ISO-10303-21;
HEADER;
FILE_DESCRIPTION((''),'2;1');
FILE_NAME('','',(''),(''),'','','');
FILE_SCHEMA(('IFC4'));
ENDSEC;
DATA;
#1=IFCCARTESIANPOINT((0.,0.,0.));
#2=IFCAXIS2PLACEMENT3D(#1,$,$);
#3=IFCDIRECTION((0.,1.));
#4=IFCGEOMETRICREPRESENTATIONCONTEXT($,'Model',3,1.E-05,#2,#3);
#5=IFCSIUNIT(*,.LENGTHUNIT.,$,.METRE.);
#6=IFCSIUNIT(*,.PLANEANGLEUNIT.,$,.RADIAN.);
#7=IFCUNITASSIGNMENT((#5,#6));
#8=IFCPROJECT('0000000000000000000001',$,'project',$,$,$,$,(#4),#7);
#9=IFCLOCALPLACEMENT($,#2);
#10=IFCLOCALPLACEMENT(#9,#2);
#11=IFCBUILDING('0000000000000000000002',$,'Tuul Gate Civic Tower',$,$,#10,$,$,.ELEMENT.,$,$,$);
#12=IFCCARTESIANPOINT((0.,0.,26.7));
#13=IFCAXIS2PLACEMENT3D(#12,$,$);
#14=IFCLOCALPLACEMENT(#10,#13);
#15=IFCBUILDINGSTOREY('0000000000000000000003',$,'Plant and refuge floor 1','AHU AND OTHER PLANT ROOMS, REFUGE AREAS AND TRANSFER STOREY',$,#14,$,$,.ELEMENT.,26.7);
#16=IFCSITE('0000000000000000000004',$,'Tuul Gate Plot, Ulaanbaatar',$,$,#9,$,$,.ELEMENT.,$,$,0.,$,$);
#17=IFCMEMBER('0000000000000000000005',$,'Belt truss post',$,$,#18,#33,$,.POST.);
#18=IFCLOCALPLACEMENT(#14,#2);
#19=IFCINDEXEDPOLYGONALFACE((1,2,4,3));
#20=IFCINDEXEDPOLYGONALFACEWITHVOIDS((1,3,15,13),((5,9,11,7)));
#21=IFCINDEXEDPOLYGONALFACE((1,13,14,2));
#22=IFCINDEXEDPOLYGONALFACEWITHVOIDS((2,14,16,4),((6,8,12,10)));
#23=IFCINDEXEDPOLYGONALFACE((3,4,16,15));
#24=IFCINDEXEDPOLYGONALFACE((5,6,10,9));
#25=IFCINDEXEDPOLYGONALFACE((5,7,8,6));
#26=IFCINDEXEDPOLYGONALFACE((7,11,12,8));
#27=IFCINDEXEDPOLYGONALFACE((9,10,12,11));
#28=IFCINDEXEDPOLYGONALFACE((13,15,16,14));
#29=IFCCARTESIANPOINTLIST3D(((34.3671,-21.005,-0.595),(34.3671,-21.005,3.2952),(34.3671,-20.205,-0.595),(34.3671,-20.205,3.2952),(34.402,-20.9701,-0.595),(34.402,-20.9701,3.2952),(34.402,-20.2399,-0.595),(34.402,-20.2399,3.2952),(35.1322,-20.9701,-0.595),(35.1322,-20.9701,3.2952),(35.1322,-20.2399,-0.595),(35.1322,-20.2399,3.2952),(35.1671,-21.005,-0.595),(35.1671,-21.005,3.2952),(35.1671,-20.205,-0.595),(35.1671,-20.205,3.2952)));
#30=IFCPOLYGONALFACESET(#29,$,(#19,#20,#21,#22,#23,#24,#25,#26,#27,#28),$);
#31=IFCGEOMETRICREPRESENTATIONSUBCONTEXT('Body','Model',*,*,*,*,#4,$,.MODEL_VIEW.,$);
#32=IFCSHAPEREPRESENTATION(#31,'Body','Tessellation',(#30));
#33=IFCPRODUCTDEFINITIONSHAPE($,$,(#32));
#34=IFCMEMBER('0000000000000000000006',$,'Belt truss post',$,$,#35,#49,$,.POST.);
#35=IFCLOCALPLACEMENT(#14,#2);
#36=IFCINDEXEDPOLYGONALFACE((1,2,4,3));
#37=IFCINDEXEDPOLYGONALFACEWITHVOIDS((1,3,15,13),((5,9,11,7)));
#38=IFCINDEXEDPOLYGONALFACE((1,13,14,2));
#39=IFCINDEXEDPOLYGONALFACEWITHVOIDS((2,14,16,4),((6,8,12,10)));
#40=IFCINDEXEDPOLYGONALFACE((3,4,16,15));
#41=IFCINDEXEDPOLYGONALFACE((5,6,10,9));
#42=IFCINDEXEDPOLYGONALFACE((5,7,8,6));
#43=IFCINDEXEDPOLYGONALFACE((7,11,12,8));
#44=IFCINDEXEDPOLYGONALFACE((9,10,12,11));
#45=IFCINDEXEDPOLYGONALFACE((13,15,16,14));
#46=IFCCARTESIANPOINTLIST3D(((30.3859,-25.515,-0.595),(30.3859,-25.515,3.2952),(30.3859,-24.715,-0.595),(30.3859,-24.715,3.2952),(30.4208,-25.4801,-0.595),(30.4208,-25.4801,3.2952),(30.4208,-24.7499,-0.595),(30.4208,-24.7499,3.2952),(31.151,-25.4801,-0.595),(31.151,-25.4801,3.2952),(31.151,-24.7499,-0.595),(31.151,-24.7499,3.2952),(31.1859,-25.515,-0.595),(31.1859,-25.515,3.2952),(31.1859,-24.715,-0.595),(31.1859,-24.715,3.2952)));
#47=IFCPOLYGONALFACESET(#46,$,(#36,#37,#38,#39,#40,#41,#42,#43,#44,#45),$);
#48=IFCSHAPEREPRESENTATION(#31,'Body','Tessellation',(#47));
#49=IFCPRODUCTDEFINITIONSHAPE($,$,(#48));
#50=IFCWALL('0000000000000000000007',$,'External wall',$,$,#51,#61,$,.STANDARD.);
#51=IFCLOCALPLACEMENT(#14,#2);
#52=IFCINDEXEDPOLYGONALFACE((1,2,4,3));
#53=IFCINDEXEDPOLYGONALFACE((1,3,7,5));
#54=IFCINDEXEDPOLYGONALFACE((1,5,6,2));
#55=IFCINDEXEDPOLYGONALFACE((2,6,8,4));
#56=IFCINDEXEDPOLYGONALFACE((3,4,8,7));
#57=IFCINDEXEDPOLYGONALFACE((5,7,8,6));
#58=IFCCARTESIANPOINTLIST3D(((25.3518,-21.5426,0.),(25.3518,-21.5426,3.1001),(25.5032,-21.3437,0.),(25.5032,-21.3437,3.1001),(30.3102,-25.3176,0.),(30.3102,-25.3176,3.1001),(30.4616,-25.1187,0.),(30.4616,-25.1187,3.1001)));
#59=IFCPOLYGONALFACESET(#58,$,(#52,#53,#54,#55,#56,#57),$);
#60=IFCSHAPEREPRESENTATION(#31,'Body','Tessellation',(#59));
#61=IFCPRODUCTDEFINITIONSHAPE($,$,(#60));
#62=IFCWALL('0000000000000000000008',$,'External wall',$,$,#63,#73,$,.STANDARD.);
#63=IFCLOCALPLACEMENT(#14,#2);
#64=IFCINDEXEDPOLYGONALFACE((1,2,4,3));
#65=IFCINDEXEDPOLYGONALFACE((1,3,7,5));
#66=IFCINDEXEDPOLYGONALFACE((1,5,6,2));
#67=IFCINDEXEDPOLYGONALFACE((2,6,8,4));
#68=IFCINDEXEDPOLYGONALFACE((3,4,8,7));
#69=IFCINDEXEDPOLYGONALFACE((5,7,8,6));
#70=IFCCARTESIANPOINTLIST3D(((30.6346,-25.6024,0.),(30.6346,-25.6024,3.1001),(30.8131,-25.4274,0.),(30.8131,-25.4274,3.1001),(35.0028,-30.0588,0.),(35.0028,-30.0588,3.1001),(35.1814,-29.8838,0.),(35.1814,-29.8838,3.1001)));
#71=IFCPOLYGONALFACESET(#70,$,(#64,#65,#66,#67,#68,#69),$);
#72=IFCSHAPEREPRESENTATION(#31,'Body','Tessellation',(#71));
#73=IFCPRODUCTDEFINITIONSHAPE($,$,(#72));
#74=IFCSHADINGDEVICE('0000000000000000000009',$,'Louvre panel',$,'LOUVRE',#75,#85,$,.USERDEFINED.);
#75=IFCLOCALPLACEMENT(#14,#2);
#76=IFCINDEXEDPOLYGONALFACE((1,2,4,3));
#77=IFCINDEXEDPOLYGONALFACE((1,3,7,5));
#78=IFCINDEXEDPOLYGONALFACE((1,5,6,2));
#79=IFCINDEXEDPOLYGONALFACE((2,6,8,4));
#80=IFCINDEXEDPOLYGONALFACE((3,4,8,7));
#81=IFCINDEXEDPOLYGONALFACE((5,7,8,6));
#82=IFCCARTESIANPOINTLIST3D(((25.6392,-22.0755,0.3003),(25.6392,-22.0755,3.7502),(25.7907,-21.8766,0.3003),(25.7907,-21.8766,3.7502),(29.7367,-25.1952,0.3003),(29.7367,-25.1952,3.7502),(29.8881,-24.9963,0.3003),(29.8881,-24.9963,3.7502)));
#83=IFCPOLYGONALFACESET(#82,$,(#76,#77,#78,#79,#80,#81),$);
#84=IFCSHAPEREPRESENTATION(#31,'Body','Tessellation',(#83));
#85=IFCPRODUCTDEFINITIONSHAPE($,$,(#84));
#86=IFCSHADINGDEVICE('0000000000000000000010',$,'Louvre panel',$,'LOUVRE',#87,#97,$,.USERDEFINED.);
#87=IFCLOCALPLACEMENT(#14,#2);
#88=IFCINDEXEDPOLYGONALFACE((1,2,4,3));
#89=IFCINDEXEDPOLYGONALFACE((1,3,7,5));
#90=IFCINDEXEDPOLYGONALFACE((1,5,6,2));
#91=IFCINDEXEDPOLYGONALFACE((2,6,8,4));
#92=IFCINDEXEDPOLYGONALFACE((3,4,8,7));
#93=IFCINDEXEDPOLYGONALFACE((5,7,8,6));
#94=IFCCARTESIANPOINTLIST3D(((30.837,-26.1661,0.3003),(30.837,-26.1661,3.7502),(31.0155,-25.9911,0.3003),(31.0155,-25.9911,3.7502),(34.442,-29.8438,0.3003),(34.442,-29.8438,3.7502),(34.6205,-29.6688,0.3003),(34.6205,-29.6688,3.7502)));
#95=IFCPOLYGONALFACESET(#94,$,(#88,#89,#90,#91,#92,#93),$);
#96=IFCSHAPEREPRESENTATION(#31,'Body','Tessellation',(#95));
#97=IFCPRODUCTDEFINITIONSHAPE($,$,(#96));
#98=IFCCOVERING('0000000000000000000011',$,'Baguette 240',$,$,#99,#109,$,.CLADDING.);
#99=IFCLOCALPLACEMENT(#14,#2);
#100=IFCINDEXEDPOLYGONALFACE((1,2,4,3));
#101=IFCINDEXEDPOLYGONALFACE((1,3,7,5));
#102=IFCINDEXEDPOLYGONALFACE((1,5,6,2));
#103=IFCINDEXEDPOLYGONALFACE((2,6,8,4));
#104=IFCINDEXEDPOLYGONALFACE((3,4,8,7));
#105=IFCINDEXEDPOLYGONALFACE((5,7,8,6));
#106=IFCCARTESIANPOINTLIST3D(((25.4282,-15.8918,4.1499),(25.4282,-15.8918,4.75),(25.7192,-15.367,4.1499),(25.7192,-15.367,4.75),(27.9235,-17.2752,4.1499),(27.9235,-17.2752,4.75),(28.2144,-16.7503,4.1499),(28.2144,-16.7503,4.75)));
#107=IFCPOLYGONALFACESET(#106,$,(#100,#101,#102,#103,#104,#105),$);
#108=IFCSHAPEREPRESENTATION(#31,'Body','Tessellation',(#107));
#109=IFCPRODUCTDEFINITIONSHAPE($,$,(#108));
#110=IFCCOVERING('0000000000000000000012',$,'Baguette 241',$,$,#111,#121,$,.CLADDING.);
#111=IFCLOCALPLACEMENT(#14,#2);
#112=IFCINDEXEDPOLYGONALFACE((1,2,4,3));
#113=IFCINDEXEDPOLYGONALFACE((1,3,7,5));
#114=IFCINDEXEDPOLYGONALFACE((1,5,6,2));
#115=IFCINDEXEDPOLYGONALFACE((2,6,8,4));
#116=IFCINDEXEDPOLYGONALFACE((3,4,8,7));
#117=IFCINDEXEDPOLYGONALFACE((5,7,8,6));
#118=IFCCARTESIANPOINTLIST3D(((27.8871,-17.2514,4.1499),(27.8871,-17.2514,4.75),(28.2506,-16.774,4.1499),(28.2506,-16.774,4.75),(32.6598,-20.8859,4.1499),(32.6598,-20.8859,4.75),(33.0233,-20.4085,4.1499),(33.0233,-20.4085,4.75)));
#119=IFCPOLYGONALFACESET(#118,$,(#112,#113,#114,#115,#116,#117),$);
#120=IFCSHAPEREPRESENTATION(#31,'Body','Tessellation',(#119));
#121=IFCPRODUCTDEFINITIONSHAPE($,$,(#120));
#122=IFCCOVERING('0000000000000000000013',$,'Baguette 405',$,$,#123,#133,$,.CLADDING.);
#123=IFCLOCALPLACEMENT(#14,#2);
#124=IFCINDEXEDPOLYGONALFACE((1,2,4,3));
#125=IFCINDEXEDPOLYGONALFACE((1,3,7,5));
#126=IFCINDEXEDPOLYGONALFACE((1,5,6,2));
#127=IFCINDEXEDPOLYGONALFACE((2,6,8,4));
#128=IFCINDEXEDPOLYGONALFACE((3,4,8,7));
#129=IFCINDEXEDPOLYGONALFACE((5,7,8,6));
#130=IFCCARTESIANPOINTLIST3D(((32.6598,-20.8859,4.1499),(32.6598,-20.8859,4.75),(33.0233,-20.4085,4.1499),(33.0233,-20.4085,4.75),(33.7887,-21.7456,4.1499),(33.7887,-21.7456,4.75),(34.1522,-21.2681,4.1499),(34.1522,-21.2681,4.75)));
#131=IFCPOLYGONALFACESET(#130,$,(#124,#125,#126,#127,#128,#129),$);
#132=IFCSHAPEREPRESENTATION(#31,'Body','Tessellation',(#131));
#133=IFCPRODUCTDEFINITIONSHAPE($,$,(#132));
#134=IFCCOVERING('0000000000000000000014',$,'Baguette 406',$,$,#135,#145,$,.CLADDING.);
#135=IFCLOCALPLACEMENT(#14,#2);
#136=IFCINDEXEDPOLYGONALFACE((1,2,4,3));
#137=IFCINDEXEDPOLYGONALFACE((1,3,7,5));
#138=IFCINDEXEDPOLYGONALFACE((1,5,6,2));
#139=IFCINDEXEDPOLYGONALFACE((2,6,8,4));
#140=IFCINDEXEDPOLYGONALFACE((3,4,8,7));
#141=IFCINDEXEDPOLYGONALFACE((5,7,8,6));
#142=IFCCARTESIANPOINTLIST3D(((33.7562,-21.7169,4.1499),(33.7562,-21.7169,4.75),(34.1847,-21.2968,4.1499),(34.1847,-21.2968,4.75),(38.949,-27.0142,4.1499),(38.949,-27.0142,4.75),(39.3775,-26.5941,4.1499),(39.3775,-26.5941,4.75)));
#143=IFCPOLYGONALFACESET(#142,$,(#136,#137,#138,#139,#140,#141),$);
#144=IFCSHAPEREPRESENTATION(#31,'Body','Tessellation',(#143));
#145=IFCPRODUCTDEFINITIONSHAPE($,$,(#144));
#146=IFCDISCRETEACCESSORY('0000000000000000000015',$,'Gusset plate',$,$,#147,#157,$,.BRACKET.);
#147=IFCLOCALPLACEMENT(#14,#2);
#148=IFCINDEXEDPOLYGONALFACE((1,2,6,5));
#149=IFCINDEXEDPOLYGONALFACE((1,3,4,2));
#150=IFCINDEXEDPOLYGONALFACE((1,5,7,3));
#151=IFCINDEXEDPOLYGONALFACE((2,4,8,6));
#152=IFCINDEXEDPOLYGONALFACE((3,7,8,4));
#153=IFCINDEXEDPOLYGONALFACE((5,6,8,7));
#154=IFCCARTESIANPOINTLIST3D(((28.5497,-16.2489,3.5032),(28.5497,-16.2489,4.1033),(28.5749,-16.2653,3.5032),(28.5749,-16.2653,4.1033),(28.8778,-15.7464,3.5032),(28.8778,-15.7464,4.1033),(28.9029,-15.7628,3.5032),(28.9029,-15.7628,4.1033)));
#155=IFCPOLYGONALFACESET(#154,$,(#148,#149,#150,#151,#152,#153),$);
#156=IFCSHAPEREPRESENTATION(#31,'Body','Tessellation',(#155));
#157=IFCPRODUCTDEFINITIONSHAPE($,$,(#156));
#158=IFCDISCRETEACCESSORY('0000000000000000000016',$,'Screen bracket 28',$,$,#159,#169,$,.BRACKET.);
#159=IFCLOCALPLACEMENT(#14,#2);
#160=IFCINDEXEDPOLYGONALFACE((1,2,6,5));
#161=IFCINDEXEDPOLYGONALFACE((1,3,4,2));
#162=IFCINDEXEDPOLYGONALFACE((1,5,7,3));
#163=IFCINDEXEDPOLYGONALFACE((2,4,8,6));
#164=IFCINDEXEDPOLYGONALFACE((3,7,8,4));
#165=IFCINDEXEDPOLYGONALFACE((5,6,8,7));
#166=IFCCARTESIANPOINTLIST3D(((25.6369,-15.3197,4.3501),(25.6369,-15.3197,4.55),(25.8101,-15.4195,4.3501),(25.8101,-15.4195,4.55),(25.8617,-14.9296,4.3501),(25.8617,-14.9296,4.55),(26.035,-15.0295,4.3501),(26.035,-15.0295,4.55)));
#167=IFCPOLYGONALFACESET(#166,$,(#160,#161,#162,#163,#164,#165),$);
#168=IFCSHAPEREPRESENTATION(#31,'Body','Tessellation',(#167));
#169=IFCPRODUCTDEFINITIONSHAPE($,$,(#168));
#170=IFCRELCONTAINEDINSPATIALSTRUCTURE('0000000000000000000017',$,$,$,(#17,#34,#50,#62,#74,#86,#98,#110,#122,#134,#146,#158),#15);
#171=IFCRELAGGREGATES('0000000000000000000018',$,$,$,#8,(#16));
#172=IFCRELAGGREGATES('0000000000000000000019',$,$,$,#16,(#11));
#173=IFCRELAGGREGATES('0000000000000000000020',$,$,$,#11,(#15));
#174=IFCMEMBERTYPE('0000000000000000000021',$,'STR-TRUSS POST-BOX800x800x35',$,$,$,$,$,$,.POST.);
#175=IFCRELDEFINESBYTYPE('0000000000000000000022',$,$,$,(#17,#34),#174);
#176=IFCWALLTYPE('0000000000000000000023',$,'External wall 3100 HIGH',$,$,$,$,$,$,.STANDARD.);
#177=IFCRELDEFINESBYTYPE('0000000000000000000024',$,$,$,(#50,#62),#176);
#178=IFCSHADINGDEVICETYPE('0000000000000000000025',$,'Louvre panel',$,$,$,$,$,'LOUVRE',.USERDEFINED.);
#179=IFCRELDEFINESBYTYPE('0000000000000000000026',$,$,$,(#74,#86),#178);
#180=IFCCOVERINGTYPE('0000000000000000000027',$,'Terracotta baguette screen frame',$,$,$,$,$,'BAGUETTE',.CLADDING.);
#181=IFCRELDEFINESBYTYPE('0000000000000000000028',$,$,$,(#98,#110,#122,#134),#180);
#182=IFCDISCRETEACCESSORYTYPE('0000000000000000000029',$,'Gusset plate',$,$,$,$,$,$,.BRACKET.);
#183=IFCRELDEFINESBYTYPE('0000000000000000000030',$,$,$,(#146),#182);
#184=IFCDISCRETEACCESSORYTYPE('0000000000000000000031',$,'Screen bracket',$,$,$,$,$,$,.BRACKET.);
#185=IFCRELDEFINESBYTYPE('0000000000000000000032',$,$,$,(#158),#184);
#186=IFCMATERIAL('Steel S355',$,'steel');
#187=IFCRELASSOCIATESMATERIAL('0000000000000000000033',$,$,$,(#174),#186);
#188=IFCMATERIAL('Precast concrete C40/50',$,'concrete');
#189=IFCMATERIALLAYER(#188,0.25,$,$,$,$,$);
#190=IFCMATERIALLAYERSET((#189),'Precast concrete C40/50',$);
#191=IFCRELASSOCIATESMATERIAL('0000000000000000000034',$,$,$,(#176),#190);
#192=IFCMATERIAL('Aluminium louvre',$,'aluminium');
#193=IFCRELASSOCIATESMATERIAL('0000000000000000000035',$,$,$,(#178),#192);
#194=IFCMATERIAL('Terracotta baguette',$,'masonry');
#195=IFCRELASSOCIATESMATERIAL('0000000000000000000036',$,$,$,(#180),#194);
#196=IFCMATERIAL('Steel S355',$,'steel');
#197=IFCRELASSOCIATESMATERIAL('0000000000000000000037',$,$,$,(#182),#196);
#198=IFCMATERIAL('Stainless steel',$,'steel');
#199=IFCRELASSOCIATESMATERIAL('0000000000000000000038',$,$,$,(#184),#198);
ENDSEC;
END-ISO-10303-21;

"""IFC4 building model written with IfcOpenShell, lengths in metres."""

from ifc_helpers import new_model, si_unit, direction, frame, frame_2d, origin, origin_2d, place, context, subcontext, project, spatial, rectangle, hollow_rectangle, extrude, material, layer, layer_set, material_profile, profile_set, type_object, element, save


model = new_model("IFC4")

# Units and contexts
model_context = context("Model", 3, precision=1e-05, world=origin(), true_north=direction((0.0, 1.0)))
body_context = subcontext(model_context, "Body", "Model", "MODEL_VIEW")
ifc_project = project(units=[si_unit("LENGTHUNIT", "METRE"), si_unit("PLANEANGLEUNIT", "RADIAN")], contexts=[model_context])

# Site, building, storey
site_placement = place(None, origin())
site = spatial("IfcSite", under=ifc_project, at=site_placement, Name="Tuul Gate Plot, Ulaanbaatar", CompositionType="ELEMENT", RefElevation=0.0)
building_placement = place(site_placement, origin())
building = spatial("IfcBuilding", under=site, at=building_placement, Name="Tuul Gate Civic Tower", CompositionType="ELEMENT")
storey_placement = place(building_placement, frame((0.0, 0.0, 26.7)))
storey = spatial("IfcBuildingStorey", under=building, at=storey_placement, Name="Plant and refuge floor 1", Description="AHU AND OTHER PLANT ROOMS, REFUGE AREAS AND TRANSFER STOREY", CompositionType="ELEMENT", Elevation=26.7)

# Members
ifc_material_1 = material(Name="Steel S355", Category="steel")
ifc_material_profile_1 = material_profile(ifc_material_1, hollow_rectangle(XDim=0.8, YDim=0.8, WallThickness=0.0349, at=origin_2d()), Name="BOX800x800x35")
ifc_profile_set_1 = profile_set([ifc_material_profile_1], Name="Steel S355")
member_type_1 = type_object("IfcMemberType", Name="STR-TRUSS POST-BOX800x800x35", PredefinedType="POST", material=ifc_profile_set_1)
for number, where, z_axis, x_axis, name in (
    (1, (34.7671, -20.605, -0.595), (0.0, 0.0, 1.0), (1.0, 0.0, 0.0), "Belt truss post"),
    (2, (30.7859, -25.115, -0.595), (0.0, 0.0, 1.0), (1.0, 0.0, 0.0), "Belt truss post"),
):
    element("IfcMember", number, at=place(storey_placement, frame(where, z_axis=z_axis, x_axis=x_axis)), inside=storey, type_object=member_type_1, Name=name, PredefinedType="POST", context=body_context, shape_type="SweptSolid", body=[
        extrude(hollow_rectangle(XDim=0.8, YDim=0.8, WallThickness=0.0349, at=origin_2d()), origin(), (0.0, 0.0, 1.0), 3.8901),
    ])

# Walls
ifc_material_2 = material(Name="Precast concrete C40/50", Category="concrete")
ifc_layer = layer(ifc_material_2, 0.25)
ifc_layer_set = layer_set([ifc_layer], Name="Precast concrete C40/50")
wall_type = type_object("IfcWallType", Name="External wall 3100 HIGH", PredefinedType="STANDARD", material=ifc_layer_set)
wall_1_placement = place(storey_placement, frame((25.4275, -21.4431, 0.0), z_axis=(0.0, 0.0, 1.0), x_axis=(0.795645, -0.605763, 0.0)))
element("IfcWall", 3, at=wall_1_placement, inside=storey, type_object=wall_type, Name="External wall", PredefinedType="STANDARD", context=body_context, shape_type="SweptSolid", body=[
    extrude(rectangle(XDim=6.2319, YDim=0.25, at=frame_2d((3.116, 0.0))), origin(), (0.0, 0.0, 1.0), 3.1001),
])
wall_2_placement = place(storey_placement, frame((30.7239, -25.5149, 0.0), z_axis=(0.0, 0.0, 1.0), x_axis=(0.70001, -0.714133, 0.0)))
element("IfcWall", 4, at=wall_2_placement, inside=storey, type_object=wall_type, Name="External wall", PredefinedType="STANDARD", context=body_context, shape_type="SweptSolid", body=[
    extrude(rectangle(XDim=6.2402, YDim=0.25, at=frame_2d((3.1201, 0.0))), origin(), (0.0, 0.0, 1.0), 3.1001),
])

# Shading devices
ifc_material_3 = material(Name="Aluminium louvre", Category="aluminium")
shading_device_type = type_object("IfcShadingDeviceType", Name="Louvre panel", ElementType="LOUVRE", PredefinedType="USERDEFINED", material=ifc_material_3)
for number, where, z_axis, x_axis, name in (
    (5, (27.7637, -23.5359, 0.3003), (0.0, 0.0, 1.0), (-0.605776, -0.795635, 0.0), "Louvre panel"),
    (6, (32.7288, -27.9175, 0.3003), (0.0, 0.0, 1.0), (-0.714132, -0.700011, 0.0), "Louvre panel"),
):
    element("IfcShadingDevice", number, at=place(storey_placement, frame(where, z_axis=z_axis, x_axis=x_axis)), inside=storey, type_object=shading_device_type, Name=name, ObjectType="LOUVRE", PredefinedType="USERDEFINED", context=body_context, shape_type="SweptSolid", body=[
        extrude(rectangle(XDim=0.25, YDim=5.1499, at=origin_2d()), origin(), (0.0, 0.0, 1.0), 3.45),
    ])

# Coverings
ifc_material_4 = material(Name="Terracotta baguette", Category="masonry")
ifc_material_profile_2 = material_profile(ifc_material_4, rectangle(XDim=0.6001, YDim=0.6001, at=origin_2d()), Name="Terracotta baguette screen frame")
ifc_profile_set_2 = profile_set([ifc_material_profile_2], Name="Terracotta baguette")
covering_type = type_object("IfcCoveringType", Name="Terracotta baguette screen frame", ElementType="BAGUETTE", PredefinedType="CLADDING", material=ifc_profile_set_2)
covering_1_placement = place(storey_placement, frame((25.5737, -15.6294, 4.45), z_axis=(0.874585, -0.484873, 0.0), x_axis=(0.484873, 0.874585, 0.0)))
element("IfcCovering", 7, at=covering_1_placement, inside=storey, type_object=covering_type, Name="Baguette 240", PredefinedType="CLADDING", context=body_context, shape_type="SweptSolid", body=[
    extrude(rectangle(XDim=0.6001, YDim=0.6001, at=origin_2d()), origin(), (0.0, 0.0, 1.0), 2.853),
])
covering_2_placement = place(storey_placement, frame((28.0688, -17.0127, 4.45), z_axis=(0.795578, -0.605851, 0.0), x_axis=(0.605851, 0.795578, 0.0)))
element("IfcCovering", 8, at=covering_2_placement, inside=storey, type_object=covering_type, Name="Baguette 241", PredefinedType="CLADDING", context=body_context, shape_type="SweptSolid", body=[
    extrude(rectangle(XDim=0.6001, YDim=0.6001, at=origin_2d()), origin(), (0.0, 0.0, 1.0), 5.999),
])
covering_3_placement = place(storey_placement, frame((32.8416, -20.6472, 4.45), z_axis=(0.795602, -0.60582, 0.0), x_axis=(0.60582, 0.795602, 0.0)))
element("IfcCovering", 9, at=covering_3_placement, inside=storey, type_object=covering_type, Name="Baguette 405", PredefinedType="CLADDING", context=body_context, shape_type="SweptSolid", body=[
    extrude(rectangle(XDim=0.6001, YDim=0.6001, at=origin_2d()), origin(), (0.0, 0.0, 1.0), 1.4189),
])
covering_4_placement = place(storey_placement, frame((33.9705, -21.5068, 4.45), z_axis=(0.700029, -0.714115, 0.0), x_axis=(0.714115, 0.700029, 0.0)))
element("IfcCovering", 10, at=covering_4_placement, inside=storey, type_object=covering_type, Name="Baguette 406", PredefinedType="CLADDING", context=body_context, shape_type="SweptSolid", body=[
    extrude(rectangle(XDim=0.6001, YDim=0.6001, at=origin_2d()), origin(), (0.0, 0.0, 1.0), 7.418),
])

# Discrete accessories
ifc_material_5 = material(Name="Steel S355", Category="steel")
discrete_accessory_type_1 = type_object("IfcDiscreteAccessoryType", Name="Gusset plate", PredefinedType="BRACKET", material=ifc_material_5)
discrete_accessory_1_placement = place(storey_placement, frame((28.7263, -16.0059, 3.5032), z_axis=(0.0, 0.0, 1.0), x_axis=(0.546705, 0.837325, 0.0)))
element("IfcDiscreteAccessory", 11, at=discrete_accessory_1_placement, inside=storey, type_object=discrete_accessory_type_1, Name="Gusset plate", PredefinedType="BRACKET", context=body_context, shape_type="SweptSolid", body=[
    extrude(rectangle(XDim=0.6001, YDim=0.03, at=origin_2d()), origin(), (0.0, 0.0, 1.0), 0.6001),
])
ifc_material_6 = material(Name="Stainless steel", Category="steel")
discrete_accessory_type_2 = type_object("IfcDiscreteAccessoryType", Name="Screen bracket", PredefinedType="BRACKET", material=ifc_material_6)
discrete_accessory_2_placement = place(storey_placement, frame((25.8359, -15.1746, 4.3501), z_axis=(0.0, 0.0, 1.0), x_axis=(-0.499379, -0.866384, 0.0)))
element("IfcDiscreteAccessory", 12, at=discrete_accessory_2_placement, inside=storey, type_object=discrete_accessory_type_2, Name="Screen bracket 28", PredefinedType="BRACKET", context=body_context, shape_type="SweptSolid", body=[
    extrude(rectangle(XDim=0.4502, YDim=0.2, at=origin_2d()), origin(), (0.0, 0.0, 1.0), 0.2),
])

save(model, "model.ifc")
